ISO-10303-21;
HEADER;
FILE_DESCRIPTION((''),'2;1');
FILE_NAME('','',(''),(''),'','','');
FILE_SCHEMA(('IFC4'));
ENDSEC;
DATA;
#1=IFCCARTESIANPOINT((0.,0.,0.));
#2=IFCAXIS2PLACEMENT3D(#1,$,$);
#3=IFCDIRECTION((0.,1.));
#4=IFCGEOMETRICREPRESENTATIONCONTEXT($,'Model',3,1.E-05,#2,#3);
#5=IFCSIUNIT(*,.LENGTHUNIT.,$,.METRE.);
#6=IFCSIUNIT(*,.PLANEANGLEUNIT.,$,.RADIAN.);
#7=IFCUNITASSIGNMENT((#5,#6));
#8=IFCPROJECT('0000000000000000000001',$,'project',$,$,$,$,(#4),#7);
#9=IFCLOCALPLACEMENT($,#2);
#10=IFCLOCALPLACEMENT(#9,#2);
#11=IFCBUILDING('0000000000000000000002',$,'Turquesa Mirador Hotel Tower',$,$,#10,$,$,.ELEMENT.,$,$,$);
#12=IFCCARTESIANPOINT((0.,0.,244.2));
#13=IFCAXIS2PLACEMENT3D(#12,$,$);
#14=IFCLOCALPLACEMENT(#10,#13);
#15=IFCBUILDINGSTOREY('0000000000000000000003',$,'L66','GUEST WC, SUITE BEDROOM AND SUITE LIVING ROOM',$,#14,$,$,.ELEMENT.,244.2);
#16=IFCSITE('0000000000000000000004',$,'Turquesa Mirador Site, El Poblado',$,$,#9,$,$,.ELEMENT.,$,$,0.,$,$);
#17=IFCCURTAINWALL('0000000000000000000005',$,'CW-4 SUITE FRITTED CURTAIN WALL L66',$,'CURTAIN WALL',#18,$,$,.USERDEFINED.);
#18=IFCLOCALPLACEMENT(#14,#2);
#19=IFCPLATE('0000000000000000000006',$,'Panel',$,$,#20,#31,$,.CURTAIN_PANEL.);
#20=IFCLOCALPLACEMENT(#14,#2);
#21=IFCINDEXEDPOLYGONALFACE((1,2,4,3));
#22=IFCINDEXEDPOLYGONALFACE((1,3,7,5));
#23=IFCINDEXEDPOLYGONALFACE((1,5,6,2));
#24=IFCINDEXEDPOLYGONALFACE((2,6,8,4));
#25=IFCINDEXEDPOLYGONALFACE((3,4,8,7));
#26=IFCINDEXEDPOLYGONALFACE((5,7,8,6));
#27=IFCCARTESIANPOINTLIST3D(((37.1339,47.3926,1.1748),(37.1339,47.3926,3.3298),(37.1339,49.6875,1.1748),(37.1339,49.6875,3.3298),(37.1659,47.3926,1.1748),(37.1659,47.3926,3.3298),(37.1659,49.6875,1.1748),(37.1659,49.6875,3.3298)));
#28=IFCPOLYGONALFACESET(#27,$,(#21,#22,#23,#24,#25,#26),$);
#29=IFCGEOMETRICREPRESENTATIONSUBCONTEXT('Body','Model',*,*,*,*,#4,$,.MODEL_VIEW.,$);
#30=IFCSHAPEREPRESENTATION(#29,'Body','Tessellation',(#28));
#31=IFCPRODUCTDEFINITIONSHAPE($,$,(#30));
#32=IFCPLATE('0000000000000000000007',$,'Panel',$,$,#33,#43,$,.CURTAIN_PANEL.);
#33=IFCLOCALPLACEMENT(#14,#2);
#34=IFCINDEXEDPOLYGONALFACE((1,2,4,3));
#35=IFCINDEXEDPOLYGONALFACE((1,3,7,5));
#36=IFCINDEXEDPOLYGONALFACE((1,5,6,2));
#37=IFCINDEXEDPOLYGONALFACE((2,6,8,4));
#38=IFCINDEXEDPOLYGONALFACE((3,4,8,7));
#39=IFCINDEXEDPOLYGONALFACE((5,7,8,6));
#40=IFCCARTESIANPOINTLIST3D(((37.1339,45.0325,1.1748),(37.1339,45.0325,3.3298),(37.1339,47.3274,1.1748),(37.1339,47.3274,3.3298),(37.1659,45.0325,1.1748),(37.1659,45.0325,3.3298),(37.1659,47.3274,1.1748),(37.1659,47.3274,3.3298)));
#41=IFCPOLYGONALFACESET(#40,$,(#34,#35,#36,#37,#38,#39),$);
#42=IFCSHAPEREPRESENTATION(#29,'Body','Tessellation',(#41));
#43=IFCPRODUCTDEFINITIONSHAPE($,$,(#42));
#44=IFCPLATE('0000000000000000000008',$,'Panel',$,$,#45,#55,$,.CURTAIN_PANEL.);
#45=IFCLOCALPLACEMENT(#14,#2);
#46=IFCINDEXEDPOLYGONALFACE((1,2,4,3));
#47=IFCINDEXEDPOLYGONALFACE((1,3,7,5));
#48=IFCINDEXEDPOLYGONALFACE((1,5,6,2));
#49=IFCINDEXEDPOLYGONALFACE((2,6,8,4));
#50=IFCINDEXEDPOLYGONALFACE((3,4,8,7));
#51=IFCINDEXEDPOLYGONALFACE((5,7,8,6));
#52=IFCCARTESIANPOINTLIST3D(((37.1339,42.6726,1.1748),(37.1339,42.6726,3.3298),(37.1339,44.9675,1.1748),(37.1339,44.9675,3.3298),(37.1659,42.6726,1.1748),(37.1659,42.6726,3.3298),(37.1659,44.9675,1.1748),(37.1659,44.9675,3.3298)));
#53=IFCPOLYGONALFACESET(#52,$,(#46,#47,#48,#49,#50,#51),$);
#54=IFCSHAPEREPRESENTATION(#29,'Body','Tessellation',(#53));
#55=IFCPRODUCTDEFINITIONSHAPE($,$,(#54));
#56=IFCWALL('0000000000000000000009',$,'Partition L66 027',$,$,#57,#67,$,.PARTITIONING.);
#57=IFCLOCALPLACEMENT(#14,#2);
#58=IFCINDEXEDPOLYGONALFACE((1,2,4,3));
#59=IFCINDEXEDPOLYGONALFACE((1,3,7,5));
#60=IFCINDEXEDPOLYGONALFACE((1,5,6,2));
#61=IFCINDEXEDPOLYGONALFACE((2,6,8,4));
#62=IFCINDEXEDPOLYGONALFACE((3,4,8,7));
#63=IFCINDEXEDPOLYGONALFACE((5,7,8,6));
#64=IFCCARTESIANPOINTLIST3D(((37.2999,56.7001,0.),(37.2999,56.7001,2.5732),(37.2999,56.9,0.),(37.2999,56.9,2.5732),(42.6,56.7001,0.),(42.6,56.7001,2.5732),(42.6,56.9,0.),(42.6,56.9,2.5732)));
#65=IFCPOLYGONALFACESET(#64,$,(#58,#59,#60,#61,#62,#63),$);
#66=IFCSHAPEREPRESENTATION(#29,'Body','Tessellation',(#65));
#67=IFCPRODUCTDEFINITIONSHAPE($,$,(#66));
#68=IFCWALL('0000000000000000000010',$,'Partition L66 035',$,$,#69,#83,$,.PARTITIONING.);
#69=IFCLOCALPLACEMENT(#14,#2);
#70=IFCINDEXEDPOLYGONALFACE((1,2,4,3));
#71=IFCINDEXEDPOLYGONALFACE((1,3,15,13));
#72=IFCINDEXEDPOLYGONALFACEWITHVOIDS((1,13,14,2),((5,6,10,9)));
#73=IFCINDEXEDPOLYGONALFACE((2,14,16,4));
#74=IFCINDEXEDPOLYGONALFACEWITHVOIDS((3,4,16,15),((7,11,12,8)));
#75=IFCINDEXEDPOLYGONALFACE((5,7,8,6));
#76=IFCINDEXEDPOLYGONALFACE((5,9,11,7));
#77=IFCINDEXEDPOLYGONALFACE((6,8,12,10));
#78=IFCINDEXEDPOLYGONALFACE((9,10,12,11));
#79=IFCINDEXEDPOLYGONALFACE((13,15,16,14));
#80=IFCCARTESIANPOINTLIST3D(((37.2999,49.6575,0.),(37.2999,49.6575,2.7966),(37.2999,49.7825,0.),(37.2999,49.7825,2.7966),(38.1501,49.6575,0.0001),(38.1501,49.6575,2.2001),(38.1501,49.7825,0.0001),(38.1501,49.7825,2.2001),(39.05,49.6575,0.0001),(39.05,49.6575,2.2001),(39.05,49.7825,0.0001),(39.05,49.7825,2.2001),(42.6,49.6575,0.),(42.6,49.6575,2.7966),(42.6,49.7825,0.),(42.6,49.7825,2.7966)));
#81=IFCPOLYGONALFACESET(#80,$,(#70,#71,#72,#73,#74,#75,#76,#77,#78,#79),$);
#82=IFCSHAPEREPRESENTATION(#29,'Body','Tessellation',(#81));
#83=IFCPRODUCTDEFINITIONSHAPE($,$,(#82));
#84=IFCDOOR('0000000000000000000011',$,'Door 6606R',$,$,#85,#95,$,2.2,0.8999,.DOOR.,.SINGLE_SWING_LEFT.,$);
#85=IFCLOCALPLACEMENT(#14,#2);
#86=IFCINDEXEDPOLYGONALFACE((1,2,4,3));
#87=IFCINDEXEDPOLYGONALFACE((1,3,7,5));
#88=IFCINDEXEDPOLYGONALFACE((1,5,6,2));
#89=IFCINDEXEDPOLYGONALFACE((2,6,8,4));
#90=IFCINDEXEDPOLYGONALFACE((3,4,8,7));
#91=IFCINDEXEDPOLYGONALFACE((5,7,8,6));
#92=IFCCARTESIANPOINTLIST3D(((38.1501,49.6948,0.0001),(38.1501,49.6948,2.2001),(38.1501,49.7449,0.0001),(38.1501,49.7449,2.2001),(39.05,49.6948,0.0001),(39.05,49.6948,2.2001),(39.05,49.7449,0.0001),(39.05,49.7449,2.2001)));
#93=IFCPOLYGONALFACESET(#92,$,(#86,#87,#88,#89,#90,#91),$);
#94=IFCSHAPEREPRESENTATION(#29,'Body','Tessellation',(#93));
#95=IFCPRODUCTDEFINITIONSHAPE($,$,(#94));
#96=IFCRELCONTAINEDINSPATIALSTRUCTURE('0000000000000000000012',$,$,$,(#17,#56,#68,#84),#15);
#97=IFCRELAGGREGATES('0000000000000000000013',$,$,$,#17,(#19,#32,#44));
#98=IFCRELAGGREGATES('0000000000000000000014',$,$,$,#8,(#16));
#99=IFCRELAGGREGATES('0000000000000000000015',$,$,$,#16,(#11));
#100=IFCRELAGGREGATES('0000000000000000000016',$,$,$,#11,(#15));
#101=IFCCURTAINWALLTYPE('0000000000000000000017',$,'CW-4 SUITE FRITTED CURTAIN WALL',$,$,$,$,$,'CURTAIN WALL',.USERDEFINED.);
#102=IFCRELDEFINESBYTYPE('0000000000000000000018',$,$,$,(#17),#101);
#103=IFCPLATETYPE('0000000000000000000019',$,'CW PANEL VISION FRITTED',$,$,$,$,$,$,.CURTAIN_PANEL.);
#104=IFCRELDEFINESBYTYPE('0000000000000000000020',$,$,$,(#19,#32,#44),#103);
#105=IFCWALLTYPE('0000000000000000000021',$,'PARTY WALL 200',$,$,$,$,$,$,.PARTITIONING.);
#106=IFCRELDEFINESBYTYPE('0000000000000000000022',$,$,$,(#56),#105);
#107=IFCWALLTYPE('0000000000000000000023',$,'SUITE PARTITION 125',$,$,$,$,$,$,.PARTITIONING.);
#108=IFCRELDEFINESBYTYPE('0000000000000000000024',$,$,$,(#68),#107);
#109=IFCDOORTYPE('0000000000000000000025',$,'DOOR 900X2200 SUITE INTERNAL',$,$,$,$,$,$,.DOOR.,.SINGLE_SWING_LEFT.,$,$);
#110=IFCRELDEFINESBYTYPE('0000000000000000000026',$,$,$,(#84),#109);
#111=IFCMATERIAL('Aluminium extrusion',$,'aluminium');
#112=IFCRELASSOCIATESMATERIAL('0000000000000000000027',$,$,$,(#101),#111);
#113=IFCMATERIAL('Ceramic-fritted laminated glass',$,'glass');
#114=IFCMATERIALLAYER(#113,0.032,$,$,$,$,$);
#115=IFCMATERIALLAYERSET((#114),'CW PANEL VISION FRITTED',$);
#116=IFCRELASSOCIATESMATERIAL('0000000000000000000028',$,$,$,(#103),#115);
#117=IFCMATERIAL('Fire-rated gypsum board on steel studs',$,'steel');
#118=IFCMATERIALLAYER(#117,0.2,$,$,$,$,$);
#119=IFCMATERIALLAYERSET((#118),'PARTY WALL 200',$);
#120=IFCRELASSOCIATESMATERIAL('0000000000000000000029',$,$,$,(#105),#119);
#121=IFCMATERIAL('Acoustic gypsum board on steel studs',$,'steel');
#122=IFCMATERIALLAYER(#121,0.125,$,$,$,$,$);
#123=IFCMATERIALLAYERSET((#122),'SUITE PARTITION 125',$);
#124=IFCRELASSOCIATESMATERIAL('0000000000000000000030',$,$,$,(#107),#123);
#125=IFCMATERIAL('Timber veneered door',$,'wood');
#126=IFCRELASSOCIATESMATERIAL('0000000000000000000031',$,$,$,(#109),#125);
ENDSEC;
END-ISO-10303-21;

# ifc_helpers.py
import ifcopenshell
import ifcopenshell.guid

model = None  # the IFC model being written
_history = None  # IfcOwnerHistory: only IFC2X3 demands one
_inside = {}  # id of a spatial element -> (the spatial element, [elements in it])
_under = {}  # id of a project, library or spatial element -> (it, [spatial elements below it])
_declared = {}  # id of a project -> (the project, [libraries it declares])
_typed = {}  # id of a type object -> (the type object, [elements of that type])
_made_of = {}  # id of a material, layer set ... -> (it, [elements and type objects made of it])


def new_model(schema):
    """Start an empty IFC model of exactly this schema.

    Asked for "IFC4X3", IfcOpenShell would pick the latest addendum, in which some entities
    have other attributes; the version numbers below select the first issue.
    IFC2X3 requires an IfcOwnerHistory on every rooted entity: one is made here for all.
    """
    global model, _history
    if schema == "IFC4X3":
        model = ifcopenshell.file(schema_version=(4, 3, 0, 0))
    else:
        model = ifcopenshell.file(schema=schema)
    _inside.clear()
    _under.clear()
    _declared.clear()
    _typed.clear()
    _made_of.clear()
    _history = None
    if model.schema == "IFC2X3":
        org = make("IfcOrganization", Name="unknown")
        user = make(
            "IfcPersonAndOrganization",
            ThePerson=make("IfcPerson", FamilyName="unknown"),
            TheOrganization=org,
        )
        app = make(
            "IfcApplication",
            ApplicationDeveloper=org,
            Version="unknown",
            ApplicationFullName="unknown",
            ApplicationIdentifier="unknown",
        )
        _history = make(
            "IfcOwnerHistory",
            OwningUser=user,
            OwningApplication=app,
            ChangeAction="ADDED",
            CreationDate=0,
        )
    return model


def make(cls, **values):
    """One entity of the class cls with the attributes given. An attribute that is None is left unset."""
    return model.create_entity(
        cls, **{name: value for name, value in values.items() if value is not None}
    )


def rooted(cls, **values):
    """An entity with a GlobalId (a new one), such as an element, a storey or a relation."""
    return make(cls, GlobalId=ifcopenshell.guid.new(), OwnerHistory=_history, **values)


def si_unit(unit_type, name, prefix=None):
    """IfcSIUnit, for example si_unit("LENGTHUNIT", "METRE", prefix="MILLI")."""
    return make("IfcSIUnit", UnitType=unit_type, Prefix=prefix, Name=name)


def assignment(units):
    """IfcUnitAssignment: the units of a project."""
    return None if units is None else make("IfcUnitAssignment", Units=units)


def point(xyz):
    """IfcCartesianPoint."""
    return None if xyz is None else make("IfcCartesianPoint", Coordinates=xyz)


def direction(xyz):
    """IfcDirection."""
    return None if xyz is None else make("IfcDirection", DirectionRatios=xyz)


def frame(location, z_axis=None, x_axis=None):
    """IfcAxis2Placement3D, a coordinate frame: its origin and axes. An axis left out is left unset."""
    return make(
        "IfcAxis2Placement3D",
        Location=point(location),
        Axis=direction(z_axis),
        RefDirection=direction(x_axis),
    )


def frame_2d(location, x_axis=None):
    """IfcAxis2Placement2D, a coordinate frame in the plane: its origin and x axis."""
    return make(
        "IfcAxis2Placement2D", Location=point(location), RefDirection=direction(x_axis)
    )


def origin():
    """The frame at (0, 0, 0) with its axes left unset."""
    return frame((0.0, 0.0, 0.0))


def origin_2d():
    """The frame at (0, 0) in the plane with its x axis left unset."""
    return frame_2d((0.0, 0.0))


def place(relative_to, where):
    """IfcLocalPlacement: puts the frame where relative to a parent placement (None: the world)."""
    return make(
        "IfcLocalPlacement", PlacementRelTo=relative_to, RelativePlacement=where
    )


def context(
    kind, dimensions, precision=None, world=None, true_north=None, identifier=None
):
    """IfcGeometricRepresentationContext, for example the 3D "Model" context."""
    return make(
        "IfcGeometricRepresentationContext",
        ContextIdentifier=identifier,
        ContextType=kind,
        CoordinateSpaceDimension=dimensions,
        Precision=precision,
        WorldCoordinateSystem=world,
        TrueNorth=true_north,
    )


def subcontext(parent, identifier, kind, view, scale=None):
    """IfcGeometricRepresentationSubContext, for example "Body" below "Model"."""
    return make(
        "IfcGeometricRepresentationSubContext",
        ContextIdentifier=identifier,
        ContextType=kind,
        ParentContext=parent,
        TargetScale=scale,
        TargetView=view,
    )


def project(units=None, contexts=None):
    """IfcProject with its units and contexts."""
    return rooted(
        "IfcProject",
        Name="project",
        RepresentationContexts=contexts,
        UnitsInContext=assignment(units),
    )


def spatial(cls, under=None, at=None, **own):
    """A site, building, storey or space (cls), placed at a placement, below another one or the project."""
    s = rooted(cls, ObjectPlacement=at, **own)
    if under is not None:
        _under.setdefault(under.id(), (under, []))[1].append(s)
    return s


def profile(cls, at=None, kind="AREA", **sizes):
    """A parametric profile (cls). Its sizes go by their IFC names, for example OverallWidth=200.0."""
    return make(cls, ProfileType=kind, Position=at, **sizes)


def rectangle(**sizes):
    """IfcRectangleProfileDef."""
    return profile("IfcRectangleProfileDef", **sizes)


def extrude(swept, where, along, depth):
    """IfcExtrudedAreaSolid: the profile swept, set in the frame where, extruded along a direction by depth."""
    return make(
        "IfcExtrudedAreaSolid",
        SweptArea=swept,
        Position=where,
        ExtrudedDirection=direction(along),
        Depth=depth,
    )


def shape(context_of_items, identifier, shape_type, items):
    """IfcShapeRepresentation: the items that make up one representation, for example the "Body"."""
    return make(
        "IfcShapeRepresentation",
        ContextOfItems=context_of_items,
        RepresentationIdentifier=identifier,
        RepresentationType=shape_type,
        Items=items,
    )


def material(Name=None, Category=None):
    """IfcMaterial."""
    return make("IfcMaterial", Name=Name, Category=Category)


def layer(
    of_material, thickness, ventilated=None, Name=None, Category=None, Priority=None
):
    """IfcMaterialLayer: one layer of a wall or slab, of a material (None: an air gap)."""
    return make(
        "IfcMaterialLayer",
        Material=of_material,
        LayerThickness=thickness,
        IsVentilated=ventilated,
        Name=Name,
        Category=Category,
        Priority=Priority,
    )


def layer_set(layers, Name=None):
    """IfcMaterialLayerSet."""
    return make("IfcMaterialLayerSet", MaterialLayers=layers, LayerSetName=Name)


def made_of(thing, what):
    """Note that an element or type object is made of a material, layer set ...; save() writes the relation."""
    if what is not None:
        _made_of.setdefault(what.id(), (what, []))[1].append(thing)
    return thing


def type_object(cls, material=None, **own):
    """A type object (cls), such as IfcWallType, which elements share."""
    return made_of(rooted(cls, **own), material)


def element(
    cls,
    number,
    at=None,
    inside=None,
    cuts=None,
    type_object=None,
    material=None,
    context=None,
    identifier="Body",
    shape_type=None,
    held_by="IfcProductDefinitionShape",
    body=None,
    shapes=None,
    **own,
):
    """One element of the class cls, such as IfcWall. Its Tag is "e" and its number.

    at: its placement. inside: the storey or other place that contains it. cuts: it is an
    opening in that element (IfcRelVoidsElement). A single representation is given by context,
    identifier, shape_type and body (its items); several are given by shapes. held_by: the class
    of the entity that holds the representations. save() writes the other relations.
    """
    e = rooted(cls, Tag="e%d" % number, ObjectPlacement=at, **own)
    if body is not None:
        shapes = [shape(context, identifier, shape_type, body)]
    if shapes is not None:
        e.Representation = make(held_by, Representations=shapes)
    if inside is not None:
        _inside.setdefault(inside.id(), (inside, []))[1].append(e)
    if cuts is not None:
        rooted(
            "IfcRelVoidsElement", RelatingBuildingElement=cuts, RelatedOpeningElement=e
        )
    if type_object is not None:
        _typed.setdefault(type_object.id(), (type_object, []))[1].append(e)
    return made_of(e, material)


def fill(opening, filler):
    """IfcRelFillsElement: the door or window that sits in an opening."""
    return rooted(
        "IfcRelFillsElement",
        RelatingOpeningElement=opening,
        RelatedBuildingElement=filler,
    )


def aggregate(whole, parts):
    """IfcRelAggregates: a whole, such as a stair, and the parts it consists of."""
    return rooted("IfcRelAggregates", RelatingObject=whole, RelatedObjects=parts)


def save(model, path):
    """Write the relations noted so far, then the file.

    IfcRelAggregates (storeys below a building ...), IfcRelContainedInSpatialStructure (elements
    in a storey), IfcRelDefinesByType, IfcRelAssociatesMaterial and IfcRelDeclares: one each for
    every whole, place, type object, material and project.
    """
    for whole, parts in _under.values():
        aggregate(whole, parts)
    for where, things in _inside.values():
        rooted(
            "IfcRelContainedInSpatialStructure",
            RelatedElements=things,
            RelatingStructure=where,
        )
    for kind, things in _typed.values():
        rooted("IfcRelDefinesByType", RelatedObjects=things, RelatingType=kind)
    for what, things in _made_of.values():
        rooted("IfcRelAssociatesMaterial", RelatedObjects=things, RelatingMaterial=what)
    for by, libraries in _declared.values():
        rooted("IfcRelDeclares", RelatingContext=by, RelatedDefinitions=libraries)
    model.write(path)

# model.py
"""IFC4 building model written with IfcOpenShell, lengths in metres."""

from ifc_helpers import new_model, si_unit, direction, frame, frame_2d, origin, origin_2d, place, context, subcontext, project, spatial, rectangle, extrude, material, layer, layer_set, type_object, element, fill, aggregate, save


model = new_model("IFC4")

# Units and contexts
model_context = context("Model", 3, precision=1e-05, world=origin(), true_north=direction((0.0, 1.0)))
body_context = subcontext(model_context, "Body", "Model", "MODEL_VIEW")
ifc_project = project(units=[si_unit("LENGTHUNIT", "METRE"), si_unit("PLANEANGLEUNIT", "RADIAN")], contexts=[model_context])

# Site, building, storey
site_placement = place(None, origin())
site = spatial("IfcSite", under=ifc_project, at=site_placement, Name="Turquesa Mirador Site, El Poblado", CompositionType="ELEMENT", RefElevation=0.0)
building_placement = place(site_placement, origin())
building = spatial("IfcBuilding", under=site, at=building_placement, Name="Turquesa Mirador Hotel Tower", CompositionType="ELEMENT")
storey_placement = place(building_placement, frame((0.0, 0.0, 244.2)))
storey = spatial("IfcBuildingStorey", under=building, at=storey_placement, Name="L66", Description="GUEST WC, SUITE BEDROOM AND SUITE LIVING ROOM", CompositionType="ELEMENT", Elevation=244.2)

# Curtain wall
ifc_material_1 = material(Name="Aluminium extrusion", Category="aluminium")
curtain_wall_type = type_object("IfcCurtainWallType", Name="CW-4 SUITE FRITTED CURTAIN WALL", ElementType="CURTAIN WALL", PredefinedType="USERDEFINED", material=ifc_material_1)
curtain_wall_1_placement = place(storey_placement, origin())
curtain_wall_1 = element("IfcCurtainWall", 1, at=curtain_wall_1_placement, inside=storey, type_object=curtain_wall_type, Name="CW-4 SUITE FRITTED CURTAIN WALL L66", ObjectType="CURTAIN WALL", PredefinedType="USERDEFINED")

# Plates
ifc_material_2 = material(Name="Ceramic-fritted laminated glass", Category="glass")
ifc_layer_1 = layer(ifc_material_2, 0.032)
ifc_layer_set_1 = layer_set([ifc_layer_1], Name="CW PANEL VISION FRITTED")
plate_type_1 = type_object("IfcPlateType", Name="CW PANEL VISION FRITTED", PredefinedType="CURTAIN_PANEL", material=ifc_layer_set_1)
plate_1_placement = place(storey_placement, frame((37.1499, 48.54, 1.1748), z_axis=(0.0, 0.0, 1.0), x_axis=(0.0, -1.0, 0.0)))
plate_1 = element("IfcPlate", 2, at=plate_1_placement, type_object=plate_type_1, Name="Panel", PredefinedType="CURTAIN_PANEL", context=body_context, shape_type="SweptSolid", body=[
    extrude(rectangle(XDim=2.2949, YDim=0.032, at=origin_2d()), origin(), (0.0, 0.0, 1.0), 2.155),
])
plate_2_placement = place(storey_placement, frame((37.1499, 46.1799, 1.1748), z_axis=(0.0, 0.0, 1.0), x_axis=(0.0, -1.0, 0.0)))
plate_2 = element("IfcPlate", 3, at=plate_2_placement, type_object=plate_type_1, Name="Panel", PredefinedType="CURTAIN_PANEL", context=body_context, shape_type="SweptSolid", body=[
    extrude(rectangle(XDim=2.2949, YDim=0.032, at=origin_2d()), origin(), (0.0, 0.0, 1.0), 2.155),
])
plate_3_placement = place(storey_placement, frame((37.1499, 43.8201, 1.1748), z_axis=(0.0, 0.0, 1.0), x_axis=(0.0, -1.0, 0.0)))
plate_3 = element("IfcPlate", 4, at=plate_3_placement, type_object=plate_type_1, Name="Panel", PredefinedType="CURTAIN_PANEL", context=body_context, shape_type="SweptSolid", body=[
    extrude(rectangle(XDim=2.2949, YDim=0.032, at=origin_2d()), origin(), (0.0, 0.0, 1.0), 2.155),
])
aggregate(curtain_wall_1, [plate_1, plate_2, plate_3])

# Wall
ifc_material_3 = material(Name="Fire-rated gypsum board on steel studs", Category="steel")
ifc_layer_2 = layer(ifc_material_3, 0.2)
ifc_layer_set_2 = layer_set([ifc_layer_2], Name="PARTY WALL 200")
wall_type_1 = type_object("IfcWallType", Name="PARTY WALL 200", PredefinedType="PARTITIONING", material=ifc_layer_set_2)
wall_1_placement = place(storey_placement, frame((37.3, 56.8, 0.0), z_axis=(0.0, 0.0, 1.0), x_axis=(1.0, 0.0, 0.0)))
element("IfcWall", 5, at=wall_1_placement, inside=storey, type_object=wall_type_1, Name="Partition L66 027", PredefinedType="PARTITIONING", context=body_context, shape_type="SweptSolid", body=[
    extrude(rectangle(XDim=5.3, YDim=0.2, at=frame_2d((2.6499, 0.0))), origin(), (0.0, 0.0, 1.0), 2.5732),
])

# Wall, opening, door
ifc_material_4 = material(Name="Acoustic gypsum board on steel studs", Category="steel")
ifc_layer_3 = layer(ifc_material_4, 0.125)
ifc_layer_set_3 = layer_set([ifc_layer_3], Name="SUITE PARTITION 125")
wall_type_2 = type_object("IfcWallType", Name="SUITE PARTITION 125", PredefinedType="PARTITIONING", material=ifc_layer_set_3)
wall_2_placement = place(storey_placement, frame((37.3, 49.72, 0.0), z_axis=(0.0, 0.0, 1.0), x_axis=(1.0, 0.0, 0.0)))
wall_2 = element("IfcWall", 6, at=wall_2_placement, inside=storey, type_object=wall_type_2, Name="Partition L66 035", PredefinedType="PARTITIONING", context=body_context, shape_type="SweptSolid", body=[
    extrude(rectangle(XDim=5.3, YDim=0.125, at=frame_2d((2.6499, 0.0))), origin(), (0.0, 0.0, 1.0), 2.7966),
])
opening_placement = place(wall_2_placement, frame((0.8501, 0.0, 0.0)))
opening = element("IfcOpeningElement", 7, at=opening_placement, cuts=wall_2, PredefinedType="OPENING", context=body_context, shape_type="SweptSolid", body=[
    extrude(rectangle(XDim=0.8999, YDim=2.2, at=frame_2d((0.45, 1.1001))), frame((0.0, 0.0725, 0.0), z_axis=(0.0, -1.0, 0.0), x_axis=(1.0, 0.0, 0.0)), (0.0, 0.0, 1.0), 0.145),
])
ifc_material_5 = material(Name="Timber veneered door", Category="wood")
door_type = type_object("IfcDoorType", Name="DOOR 900X2200 SUITE INTERNAL", OperationType="SINGLE_SWING_LEFT", PredefinedType="DOOR", material=ifc_material_5)
door_placement = place(opening_placement, origin())
door = element("IfcDoor", 8, at=door_placement, inside=storey, type_object=door_type, Name="Door 6606R", OperationType="SINGLE_SWING_LEFT", OverallHeight=2.2, OverallWidth=0.8999, PredefinedType="DOOR", context=body_context, shape_type="SweptSolid", body=[
    extrude(rectangle(XDim=0.8999, YDim=2.2, at=frame_2d((0.45, 1.1001))), frame((0.0, 0.0249, 0.0), z_axis=(0.0, -1.0, 0.0), x_axis=(1.0, 0.0, 0.0)), (0.0, 0.0, 1.0), 0.05),
])
fill(opening, door)

save(model, "model.ifc")
